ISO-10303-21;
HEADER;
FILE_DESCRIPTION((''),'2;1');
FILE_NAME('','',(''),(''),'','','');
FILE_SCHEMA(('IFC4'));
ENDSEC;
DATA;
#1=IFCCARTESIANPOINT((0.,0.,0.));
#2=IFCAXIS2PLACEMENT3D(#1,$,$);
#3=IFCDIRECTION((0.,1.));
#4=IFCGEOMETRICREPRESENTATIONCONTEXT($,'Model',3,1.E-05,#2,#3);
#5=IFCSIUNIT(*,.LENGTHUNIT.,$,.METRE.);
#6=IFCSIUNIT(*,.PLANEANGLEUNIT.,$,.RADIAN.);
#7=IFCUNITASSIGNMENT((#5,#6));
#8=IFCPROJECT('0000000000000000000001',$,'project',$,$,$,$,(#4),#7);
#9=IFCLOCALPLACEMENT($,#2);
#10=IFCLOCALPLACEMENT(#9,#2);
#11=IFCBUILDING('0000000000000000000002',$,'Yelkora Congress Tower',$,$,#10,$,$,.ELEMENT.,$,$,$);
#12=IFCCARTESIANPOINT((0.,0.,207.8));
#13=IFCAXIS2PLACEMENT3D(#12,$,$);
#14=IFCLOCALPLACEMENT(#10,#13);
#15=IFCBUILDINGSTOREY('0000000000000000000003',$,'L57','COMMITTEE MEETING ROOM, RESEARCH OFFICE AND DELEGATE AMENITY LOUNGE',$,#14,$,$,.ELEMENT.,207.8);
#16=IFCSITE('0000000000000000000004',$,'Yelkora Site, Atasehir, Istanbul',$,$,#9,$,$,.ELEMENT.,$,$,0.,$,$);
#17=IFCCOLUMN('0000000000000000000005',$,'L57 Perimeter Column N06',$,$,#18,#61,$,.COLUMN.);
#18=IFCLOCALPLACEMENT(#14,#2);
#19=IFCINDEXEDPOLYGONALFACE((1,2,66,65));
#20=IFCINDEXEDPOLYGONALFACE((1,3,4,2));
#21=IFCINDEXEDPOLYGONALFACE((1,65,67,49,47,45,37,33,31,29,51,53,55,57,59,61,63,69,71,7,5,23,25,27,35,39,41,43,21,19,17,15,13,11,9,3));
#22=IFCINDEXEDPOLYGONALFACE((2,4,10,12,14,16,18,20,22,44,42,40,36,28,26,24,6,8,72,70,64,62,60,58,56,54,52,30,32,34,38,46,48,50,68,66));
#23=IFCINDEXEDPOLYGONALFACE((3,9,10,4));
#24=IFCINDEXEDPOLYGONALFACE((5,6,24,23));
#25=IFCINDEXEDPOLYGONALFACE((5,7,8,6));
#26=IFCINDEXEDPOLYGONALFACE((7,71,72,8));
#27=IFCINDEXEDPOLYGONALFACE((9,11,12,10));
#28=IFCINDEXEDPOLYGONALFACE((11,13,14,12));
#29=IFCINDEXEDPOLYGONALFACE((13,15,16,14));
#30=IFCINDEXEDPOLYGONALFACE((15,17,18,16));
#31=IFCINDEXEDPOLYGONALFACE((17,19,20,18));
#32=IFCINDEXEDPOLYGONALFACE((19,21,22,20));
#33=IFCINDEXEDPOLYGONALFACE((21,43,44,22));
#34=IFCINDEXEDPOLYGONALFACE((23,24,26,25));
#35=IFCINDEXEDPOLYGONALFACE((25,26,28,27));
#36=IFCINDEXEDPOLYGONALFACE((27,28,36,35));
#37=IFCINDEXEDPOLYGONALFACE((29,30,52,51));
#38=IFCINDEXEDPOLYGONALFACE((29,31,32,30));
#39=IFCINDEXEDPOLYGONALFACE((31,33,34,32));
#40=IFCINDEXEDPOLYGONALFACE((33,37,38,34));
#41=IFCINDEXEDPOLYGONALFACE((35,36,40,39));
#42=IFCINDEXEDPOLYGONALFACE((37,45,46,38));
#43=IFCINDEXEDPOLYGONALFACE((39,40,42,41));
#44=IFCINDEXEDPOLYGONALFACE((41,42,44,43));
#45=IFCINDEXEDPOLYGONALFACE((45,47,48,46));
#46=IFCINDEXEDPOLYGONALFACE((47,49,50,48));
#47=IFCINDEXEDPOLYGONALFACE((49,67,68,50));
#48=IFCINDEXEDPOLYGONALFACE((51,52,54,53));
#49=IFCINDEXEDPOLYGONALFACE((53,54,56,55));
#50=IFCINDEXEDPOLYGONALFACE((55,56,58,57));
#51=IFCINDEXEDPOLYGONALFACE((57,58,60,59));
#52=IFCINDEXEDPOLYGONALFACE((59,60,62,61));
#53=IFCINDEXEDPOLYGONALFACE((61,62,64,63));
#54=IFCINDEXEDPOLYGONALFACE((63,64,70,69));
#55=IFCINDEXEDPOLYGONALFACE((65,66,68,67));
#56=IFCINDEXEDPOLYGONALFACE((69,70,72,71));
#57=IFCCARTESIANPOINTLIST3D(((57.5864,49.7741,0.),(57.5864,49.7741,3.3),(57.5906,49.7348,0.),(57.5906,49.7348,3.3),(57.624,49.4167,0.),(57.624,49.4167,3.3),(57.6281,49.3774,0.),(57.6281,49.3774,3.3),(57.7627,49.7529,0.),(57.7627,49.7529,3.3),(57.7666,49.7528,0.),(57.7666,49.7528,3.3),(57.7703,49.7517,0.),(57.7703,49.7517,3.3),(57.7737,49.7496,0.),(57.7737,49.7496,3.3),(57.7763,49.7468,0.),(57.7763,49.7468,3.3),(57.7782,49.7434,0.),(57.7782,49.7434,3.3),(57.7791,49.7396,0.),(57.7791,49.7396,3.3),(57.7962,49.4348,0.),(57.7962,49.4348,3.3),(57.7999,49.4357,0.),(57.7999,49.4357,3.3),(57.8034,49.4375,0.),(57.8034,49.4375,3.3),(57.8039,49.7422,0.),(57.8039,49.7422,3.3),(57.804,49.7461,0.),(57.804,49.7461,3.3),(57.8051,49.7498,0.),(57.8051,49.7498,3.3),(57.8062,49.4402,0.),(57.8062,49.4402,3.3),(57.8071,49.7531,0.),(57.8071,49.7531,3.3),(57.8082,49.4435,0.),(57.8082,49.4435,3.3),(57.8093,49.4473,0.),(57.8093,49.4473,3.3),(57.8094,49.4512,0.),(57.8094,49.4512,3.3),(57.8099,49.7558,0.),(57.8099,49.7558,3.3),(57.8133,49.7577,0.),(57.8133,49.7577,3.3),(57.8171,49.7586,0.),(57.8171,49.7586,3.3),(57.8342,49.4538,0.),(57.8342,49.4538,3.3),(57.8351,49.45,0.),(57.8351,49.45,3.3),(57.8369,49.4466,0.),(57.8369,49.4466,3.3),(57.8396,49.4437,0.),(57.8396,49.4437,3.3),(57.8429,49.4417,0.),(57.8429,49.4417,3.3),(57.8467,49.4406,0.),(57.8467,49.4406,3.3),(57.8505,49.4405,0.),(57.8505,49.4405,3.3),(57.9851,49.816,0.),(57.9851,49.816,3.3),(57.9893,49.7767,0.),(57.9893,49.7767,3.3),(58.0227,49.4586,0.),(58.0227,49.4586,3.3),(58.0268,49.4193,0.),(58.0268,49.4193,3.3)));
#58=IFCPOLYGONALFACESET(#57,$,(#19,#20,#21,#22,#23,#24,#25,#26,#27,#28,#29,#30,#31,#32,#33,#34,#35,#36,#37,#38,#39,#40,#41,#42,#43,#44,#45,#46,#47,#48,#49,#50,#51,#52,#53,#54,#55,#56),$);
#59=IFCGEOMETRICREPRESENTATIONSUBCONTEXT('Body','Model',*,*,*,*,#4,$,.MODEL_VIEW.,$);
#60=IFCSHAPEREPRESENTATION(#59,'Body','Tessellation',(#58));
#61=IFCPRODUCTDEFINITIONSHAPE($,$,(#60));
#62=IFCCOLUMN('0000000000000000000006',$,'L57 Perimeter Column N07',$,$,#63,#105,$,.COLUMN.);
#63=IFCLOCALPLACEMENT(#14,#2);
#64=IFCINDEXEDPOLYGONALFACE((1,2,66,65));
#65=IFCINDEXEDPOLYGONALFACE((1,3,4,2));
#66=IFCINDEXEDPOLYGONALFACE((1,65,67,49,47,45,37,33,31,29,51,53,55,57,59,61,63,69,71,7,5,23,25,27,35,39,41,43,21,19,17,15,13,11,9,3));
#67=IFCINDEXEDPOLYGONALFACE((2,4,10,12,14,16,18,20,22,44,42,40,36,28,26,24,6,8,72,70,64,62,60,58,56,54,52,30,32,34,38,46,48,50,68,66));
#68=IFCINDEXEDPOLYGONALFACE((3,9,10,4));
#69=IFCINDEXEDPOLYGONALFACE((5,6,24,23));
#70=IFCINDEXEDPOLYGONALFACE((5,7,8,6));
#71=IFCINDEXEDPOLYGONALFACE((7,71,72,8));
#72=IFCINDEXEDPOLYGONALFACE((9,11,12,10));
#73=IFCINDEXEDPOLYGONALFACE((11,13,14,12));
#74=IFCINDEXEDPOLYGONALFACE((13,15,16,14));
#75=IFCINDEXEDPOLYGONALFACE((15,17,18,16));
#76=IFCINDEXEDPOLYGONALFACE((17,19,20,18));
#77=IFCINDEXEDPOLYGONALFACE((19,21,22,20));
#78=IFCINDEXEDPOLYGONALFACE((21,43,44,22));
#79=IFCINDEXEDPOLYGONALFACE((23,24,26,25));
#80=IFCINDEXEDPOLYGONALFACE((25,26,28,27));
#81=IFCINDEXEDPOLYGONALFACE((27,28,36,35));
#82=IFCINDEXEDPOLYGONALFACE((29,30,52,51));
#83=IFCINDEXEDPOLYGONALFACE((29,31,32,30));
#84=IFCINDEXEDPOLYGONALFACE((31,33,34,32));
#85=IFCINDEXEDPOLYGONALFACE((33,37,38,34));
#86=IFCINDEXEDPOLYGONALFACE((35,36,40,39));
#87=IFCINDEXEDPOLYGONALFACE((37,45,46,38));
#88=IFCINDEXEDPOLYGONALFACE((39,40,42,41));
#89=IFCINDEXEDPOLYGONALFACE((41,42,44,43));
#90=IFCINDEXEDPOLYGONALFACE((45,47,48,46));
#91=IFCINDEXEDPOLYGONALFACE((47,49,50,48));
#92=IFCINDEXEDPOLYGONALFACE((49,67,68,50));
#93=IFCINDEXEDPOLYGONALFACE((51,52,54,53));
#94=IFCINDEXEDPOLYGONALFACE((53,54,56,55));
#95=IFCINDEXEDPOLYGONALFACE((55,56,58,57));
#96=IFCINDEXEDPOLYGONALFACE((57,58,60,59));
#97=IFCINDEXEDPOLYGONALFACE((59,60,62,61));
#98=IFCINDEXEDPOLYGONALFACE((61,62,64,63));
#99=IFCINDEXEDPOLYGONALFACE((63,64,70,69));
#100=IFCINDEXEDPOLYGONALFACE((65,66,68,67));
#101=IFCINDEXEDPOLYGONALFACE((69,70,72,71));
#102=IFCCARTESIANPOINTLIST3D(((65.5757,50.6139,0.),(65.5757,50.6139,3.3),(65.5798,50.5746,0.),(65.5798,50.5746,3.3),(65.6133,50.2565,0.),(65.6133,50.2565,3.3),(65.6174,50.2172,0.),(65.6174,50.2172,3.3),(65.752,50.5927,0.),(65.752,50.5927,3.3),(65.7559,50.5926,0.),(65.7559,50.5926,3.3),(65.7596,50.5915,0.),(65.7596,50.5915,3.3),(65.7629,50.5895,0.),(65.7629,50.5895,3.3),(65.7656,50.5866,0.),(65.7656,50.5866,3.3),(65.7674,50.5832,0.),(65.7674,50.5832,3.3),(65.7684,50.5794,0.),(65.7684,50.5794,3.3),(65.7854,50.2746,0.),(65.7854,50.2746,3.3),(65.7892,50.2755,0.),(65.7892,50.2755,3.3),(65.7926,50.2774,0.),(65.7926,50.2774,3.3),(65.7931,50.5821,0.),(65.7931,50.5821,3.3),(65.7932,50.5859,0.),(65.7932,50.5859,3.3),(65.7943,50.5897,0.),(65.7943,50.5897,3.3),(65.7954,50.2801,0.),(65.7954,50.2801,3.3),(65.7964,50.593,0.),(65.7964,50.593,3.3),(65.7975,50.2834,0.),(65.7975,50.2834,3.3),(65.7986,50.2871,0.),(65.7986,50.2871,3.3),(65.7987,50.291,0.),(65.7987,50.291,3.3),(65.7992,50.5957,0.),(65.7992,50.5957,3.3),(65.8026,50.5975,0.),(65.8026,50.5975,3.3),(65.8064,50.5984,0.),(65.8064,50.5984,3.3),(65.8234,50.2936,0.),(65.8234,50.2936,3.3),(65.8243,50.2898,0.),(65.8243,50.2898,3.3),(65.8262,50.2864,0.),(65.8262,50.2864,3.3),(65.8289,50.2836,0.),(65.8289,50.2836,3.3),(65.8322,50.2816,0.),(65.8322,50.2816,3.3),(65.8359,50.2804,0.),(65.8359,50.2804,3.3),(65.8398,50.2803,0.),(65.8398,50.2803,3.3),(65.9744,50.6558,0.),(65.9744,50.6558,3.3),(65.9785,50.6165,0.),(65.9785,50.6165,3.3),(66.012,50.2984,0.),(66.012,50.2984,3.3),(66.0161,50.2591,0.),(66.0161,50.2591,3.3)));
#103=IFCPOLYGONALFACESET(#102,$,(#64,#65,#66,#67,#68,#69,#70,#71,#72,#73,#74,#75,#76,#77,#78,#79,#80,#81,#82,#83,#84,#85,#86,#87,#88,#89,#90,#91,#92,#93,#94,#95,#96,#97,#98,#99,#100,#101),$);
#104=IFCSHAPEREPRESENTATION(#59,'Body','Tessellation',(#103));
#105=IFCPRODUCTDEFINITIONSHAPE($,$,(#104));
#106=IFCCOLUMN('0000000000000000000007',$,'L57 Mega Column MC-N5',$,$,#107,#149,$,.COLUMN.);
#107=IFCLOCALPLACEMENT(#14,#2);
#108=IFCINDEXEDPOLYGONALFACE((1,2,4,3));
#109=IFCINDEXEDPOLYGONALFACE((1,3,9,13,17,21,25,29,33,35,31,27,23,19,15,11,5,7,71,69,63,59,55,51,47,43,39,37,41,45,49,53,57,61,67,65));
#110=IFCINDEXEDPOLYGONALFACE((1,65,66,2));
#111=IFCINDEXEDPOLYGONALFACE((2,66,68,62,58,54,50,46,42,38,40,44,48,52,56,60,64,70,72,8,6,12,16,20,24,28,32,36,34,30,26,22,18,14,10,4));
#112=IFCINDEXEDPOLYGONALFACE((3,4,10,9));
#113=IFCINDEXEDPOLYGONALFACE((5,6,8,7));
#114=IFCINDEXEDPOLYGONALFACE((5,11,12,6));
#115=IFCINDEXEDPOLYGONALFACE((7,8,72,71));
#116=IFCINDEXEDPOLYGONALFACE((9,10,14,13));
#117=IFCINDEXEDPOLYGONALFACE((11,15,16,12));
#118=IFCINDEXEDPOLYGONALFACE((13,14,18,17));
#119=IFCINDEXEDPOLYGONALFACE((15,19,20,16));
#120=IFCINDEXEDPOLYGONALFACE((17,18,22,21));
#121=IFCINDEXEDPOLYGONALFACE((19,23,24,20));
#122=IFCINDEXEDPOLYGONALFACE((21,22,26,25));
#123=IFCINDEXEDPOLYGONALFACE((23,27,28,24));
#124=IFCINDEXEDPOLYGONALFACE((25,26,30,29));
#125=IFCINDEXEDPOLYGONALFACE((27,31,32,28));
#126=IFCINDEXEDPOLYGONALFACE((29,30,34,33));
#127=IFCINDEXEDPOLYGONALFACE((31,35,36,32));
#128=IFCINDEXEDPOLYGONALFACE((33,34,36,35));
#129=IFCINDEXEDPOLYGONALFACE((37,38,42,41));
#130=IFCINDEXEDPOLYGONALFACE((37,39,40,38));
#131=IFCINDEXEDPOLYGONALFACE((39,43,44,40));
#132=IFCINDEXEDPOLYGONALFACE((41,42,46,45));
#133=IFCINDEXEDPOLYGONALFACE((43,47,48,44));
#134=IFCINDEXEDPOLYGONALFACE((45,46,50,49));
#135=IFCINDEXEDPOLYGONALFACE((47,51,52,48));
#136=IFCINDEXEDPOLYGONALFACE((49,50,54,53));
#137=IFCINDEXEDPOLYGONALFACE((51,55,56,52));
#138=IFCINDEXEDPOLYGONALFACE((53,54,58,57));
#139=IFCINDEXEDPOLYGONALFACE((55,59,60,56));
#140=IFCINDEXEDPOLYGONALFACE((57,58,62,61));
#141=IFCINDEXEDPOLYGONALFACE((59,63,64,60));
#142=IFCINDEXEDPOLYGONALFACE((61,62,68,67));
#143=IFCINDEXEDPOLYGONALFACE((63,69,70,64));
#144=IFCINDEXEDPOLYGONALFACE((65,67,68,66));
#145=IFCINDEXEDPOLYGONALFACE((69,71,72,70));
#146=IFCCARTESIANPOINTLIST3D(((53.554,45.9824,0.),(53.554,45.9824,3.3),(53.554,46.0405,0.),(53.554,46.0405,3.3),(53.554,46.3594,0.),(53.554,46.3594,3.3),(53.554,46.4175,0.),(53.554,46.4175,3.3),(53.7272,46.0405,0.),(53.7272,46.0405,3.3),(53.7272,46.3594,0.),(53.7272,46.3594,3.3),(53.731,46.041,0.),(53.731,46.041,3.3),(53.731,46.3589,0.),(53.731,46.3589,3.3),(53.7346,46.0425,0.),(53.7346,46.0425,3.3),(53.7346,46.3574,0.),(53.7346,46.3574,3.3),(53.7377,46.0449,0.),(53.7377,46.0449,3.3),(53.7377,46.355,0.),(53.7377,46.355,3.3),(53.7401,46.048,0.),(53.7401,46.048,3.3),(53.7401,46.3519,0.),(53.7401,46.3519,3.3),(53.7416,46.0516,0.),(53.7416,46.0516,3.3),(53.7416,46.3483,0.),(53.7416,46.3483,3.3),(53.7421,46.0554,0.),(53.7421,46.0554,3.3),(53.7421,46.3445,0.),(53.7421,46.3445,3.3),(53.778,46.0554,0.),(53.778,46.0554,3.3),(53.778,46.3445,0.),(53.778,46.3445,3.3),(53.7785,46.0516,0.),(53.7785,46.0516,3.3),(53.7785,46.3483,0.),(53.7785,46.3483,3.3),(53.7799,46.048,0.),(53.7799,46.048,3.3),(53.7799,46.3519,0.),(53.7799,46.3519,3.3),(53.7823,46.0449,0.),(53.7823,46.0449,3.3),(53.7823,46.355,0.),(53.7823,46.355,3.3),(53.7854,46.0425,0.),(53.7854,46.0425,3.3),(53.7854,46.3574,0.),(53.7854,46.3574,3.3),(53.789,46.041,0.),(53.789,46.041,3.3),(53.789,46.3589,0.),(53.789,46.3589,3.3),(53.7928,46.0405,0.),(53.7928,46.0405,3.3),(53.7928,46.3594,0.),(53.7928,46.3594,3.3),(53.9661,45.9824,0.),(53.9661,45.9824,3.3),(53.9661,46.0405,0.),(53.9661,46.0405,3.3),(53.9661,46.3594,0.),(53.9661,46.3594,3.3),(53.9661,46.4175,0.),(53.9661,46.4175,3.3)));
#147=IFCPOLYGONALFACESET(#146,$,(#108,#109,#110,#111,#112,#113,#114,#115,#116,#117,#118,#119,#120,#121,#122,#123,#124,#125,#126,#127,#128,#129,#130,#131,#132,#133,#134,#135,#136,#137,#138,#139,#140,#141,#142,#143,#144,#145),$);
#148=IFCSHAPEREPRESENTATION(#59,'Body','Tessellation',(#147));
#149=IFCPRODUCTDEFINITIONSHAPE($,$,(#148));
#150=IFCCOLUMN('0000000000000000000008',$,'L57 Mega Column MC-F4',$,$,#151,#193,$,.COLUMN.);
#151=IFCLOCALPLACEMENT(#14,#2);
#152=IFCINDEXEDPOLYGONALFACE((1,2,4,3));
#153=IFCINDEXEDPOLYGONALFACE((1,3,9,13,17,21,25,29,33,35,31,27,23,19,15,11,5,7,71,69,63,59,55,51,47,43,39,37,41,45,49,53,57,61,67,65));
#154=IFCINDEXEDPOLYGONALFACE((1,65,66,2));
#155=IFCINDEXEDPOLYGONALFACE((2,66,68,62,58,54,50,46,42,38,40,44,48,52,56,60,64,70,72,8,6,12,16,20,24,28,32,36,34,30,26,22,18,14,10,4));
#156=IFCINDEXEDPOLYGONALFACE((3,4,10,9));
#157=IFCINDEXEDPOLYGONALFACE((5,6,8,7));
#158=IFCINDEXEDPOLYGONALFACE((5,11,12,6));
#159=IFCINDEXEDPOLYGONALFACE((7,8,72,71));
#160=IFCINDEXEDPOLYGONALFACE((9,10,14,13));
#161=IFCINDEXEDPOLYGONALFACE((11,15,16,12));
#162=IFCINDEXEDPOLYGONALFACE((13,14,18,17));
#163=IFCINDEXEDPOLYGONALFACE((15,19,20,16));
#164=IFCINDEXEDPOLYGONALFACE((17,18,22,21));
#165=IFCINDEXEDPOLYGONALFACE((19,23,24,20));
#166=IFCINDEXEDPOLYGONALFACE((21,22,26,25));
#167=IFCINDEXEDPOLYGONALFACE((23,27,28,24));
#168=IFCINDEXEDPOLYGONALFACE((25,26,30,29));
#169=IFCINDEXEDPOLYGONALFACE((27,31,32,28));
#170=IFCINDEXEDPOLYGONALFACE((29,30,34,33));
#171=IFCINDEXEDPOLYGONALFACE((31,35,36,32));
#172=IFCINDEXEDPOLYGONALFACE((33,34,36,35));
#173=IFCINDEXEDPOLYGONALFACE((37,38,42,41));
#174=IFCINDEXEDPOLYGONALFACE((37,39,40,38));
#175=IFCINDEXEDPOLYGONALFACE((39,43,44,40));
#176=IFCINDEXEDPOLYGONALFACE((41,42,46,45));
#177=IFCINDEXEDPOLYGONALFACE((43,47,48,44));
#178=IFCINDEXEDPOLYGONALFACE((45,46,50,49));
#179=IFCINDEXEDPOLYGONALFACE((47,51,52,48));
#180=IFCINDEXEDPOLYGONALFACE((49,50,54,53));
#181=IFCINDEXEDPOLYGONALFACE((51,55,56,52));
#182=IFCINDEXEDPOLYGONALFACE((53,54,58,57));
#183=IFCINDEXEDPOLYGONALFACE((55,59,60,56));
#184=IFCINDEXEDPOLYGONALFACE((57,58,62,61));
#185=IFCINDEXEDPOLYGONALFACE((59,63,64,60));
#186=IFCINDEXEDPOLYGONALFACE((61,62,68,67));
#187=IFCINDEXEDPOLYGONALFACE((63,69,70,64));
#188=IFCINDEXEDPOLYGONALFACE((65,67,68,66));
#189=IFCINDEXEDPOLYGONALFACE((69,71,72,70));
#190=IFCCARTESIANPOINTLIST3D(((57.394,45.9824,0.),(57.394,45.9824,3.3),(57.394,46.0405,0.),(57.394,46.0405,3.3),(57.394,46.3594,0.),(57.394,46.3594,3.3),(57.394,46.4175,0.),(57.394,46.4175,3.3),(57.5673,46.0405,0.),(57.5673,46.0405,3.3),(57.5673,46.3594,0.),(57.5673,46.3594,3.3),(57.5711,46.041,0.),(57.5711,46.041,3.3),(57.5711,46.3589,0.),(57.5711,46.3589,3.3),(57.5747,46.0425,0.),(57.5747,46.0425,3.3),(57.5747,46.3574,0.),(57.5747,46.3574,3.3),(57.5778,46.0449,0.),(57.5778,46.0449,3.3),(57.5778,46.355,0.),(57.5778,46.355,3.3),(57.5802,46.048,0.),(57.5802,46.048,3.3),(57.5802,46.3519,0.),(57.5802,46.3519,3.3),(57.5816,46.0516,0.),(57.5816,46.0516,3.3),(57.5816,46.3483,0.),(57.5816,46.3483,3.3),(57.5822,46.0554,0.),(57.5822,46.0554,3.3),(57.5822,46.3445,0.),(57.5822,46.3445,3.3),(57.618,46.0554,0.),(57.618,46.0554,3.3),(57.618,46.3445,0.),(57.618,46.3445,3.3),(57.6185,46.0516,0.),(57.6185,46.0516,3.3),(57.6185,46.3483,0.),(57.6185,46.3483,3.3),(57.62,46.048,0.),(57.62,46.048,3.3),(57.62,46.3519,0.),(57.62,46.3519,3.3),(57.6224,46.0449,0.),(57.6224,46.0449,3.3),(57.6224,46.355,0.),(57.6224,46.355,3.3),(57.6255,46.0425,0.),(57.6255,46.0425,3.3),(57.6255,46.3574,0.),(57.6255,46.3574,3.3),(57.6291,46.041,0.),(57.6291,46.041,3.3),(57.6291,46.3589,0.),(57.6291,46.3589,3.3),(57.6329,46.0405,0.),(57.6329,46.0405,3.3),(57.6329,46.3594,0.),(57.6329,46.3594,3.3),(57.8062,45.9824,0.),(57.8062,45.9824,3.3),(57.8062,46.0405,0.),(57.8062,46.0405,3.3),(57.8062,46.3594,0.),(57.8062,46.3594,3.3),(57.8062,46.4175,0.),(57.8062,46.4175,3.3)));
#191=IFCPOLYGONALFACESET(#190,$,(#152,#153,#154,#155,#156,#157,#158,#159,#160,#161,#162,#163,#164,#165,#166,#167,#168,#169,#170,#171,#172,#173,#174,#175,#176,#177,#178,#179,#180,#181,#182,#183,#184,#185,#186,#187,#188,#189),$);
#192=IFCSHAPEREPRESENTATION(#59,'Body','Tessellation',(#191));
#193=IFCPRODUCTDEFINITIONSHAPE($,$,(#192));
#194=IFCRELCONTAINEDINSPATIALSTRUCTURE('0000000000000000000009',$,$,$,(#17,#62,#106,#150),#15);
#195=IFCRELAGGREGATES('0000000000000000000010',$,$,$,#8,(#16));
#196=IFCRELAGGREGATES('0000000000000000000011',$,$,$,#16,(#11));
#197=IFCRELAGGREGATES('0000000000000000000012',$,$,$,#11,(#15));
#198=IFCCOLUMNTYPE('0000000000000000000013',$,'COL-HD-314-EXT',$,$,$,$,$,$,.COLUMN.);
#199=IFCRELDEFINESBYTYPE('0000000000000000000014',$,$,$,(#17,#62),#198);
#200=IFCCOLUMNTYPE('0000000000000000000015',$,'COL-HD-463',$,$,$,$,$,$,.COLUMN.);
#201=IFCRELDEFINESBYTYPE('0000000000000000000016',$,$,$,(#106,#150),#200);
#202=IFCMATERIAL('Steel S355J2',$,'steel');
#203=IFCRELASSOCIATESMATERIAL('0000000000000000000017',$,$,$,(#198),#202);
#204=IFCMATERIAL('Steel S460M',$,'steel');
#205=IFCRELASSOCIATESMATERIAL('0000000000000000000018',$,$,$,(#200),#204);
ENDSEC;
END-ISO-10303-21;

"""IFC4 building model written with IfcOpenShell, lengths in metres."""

from ifc_helpers import new_model, si_unit, direction, frame, origin, origin_2d, place, context, subcontext, project, spatial, i_section, extrude, material, material_profile, profile_set, type_object, element, save


model = new_model("IFC4")

# Units and contexts
model_context = context("Model", 3, precision=1e-05, world=origin(), true_north=direction((0.0, 1.0)))
body_context = subcontext(model_context, "Body", "Model", "MODEL_VIEW")
ifc_project = project(units=[si_unit("LENGTHUNIT", "METRE"), si_unit("PLANEANGLEUNIT", "RADIAN")], contexts=[model_context])

# Site, building, storey
site_placement = place(None, origin())
site = spatial("IfcSite", under=ifc_project, at=site_placement, Name="Yelkora Site, Atasehir, Istanbul", CompositionType="ELEMENT", RefElevation=0.0)
building_placement = place(site_placement, origin())
building = spatial("IfcBuilding", under=site, at=building_placement, Name="Yelkora Congress Tower", CompositionType="ELEMENT")
storey_placement = place(building_placement, frame((0.0, 0.0, 207.8)))
storey = spatial("IfcBuildingStorey", under=building, at=storey_placement, Name="L57", Description="COMMITTEE MEETING ROOM, RESEARCH OFFICE AND DELEGATE AMENITY LOUNGE", CompositionType="ELEMENT", Elevation=207.8)

# Columns
ifc_material_1 = material(Name="Steel S355J2", Category="steel")
ifc_material_profile_1 = material_profile(ifc_material_1, i_section(OverallWidth=0.4009, OverallDepth=0.3989, WebThickness=0.0249, FlangeThickness=0.0396, FilletRadius=0.0149, at=origin_2d()), Name="HD 400x314")
ifc_profile_set_1 = profile_set([ifc_material_profile_1], Name="Steel S355J2")
column_type_1 = type_object("IfcColumnType", Name="COL-HD-314-EXT", PredefinedType="COLUMN", material=ifc_profile_set_1)
for number, where, z_axis, x_axis, name in (
    (1, (57.8066, 49.5967, 0.0), (0.0, 0.0, 1.0), (0.994522, 0.104528, 0.0), "L57 Perimeter Column N06"),
    (2, (65.7959, 50.4365, 0.0), (0.0, 0.0, 1.0), (0.994522, 0.104528, 0.0), "L57 Perimeter Column N07"),
):
    element("IfcColumn", number, at=place(storey_placement, frame(where, z_axis=z_axis, x_axis=x_axis)), inside=storey, type_object=column_type_1, Name=name, PredefinedType="COLUMN", context=body_context, shape_type="SweptSolid", body=[
        extrude(i_section(OverallWidth=0.4009, OverallDepth=0.3989, WebThickness=0.0249, FlangeThickness=0.0396, FilletRadius=0.0149, at=origin_2d()), origin(), (0.0, 0.0, 1.0), 3.3),
    ])
ifc_material_2 = material(Name="Steel S460M", Category="steel")
ifc_material_profile_2 = material_profile(ifc_material_2, i_section(OverallWidth=0.4121, OverallDepth=0.4351, WebThickness=0.0359, FlangeThickness=0.0581, FilletRadius=0.0149, at=origin_2d()), Name="HD 400x463")
ifc_profile_set_2 = profile_set([ifc_material_profile_2], Name="Steel S460M")
column_type_2 = type_object("IfcColumnType", Name="COL-HD-463", PredefinedType="COLUMN", material=ifc_profile_set_2)
for number, where, z_axis, x_axis, name in (
    (3, (53.76, 46.2, 0.0), (0.0, 0.0, 1.0), (1.0, 0.0, 0.0), "L57 Mega Column MC-N5"),
    (4, (57.6001, 46.2, 0.0), (0.0, 0.0, 1.0), (1.0, 0.0, 0.0), "L57 Mega Column MC-F4"),
):
    element("IfcColumn", number, at=place(storey_placement, frame(where, z_axis=z_axis, x_axis=x_axis)), inside=storey, type_object=column_type_2, Name=name, PredefinedType="COLUMN", context=body_context, shape_type="SweptSolid", body=[
        extrude(i_section(OverallWidth=0.4121, OverallDepth=0.4351, WebThickness=0.0359, FlangeThickness=0.0581, FilletRadius=0.0149, at=origin_2d()), origin(), (0.0, 0.0, 1.0), 3.3),
    ])

save(model, "model.ifc")
